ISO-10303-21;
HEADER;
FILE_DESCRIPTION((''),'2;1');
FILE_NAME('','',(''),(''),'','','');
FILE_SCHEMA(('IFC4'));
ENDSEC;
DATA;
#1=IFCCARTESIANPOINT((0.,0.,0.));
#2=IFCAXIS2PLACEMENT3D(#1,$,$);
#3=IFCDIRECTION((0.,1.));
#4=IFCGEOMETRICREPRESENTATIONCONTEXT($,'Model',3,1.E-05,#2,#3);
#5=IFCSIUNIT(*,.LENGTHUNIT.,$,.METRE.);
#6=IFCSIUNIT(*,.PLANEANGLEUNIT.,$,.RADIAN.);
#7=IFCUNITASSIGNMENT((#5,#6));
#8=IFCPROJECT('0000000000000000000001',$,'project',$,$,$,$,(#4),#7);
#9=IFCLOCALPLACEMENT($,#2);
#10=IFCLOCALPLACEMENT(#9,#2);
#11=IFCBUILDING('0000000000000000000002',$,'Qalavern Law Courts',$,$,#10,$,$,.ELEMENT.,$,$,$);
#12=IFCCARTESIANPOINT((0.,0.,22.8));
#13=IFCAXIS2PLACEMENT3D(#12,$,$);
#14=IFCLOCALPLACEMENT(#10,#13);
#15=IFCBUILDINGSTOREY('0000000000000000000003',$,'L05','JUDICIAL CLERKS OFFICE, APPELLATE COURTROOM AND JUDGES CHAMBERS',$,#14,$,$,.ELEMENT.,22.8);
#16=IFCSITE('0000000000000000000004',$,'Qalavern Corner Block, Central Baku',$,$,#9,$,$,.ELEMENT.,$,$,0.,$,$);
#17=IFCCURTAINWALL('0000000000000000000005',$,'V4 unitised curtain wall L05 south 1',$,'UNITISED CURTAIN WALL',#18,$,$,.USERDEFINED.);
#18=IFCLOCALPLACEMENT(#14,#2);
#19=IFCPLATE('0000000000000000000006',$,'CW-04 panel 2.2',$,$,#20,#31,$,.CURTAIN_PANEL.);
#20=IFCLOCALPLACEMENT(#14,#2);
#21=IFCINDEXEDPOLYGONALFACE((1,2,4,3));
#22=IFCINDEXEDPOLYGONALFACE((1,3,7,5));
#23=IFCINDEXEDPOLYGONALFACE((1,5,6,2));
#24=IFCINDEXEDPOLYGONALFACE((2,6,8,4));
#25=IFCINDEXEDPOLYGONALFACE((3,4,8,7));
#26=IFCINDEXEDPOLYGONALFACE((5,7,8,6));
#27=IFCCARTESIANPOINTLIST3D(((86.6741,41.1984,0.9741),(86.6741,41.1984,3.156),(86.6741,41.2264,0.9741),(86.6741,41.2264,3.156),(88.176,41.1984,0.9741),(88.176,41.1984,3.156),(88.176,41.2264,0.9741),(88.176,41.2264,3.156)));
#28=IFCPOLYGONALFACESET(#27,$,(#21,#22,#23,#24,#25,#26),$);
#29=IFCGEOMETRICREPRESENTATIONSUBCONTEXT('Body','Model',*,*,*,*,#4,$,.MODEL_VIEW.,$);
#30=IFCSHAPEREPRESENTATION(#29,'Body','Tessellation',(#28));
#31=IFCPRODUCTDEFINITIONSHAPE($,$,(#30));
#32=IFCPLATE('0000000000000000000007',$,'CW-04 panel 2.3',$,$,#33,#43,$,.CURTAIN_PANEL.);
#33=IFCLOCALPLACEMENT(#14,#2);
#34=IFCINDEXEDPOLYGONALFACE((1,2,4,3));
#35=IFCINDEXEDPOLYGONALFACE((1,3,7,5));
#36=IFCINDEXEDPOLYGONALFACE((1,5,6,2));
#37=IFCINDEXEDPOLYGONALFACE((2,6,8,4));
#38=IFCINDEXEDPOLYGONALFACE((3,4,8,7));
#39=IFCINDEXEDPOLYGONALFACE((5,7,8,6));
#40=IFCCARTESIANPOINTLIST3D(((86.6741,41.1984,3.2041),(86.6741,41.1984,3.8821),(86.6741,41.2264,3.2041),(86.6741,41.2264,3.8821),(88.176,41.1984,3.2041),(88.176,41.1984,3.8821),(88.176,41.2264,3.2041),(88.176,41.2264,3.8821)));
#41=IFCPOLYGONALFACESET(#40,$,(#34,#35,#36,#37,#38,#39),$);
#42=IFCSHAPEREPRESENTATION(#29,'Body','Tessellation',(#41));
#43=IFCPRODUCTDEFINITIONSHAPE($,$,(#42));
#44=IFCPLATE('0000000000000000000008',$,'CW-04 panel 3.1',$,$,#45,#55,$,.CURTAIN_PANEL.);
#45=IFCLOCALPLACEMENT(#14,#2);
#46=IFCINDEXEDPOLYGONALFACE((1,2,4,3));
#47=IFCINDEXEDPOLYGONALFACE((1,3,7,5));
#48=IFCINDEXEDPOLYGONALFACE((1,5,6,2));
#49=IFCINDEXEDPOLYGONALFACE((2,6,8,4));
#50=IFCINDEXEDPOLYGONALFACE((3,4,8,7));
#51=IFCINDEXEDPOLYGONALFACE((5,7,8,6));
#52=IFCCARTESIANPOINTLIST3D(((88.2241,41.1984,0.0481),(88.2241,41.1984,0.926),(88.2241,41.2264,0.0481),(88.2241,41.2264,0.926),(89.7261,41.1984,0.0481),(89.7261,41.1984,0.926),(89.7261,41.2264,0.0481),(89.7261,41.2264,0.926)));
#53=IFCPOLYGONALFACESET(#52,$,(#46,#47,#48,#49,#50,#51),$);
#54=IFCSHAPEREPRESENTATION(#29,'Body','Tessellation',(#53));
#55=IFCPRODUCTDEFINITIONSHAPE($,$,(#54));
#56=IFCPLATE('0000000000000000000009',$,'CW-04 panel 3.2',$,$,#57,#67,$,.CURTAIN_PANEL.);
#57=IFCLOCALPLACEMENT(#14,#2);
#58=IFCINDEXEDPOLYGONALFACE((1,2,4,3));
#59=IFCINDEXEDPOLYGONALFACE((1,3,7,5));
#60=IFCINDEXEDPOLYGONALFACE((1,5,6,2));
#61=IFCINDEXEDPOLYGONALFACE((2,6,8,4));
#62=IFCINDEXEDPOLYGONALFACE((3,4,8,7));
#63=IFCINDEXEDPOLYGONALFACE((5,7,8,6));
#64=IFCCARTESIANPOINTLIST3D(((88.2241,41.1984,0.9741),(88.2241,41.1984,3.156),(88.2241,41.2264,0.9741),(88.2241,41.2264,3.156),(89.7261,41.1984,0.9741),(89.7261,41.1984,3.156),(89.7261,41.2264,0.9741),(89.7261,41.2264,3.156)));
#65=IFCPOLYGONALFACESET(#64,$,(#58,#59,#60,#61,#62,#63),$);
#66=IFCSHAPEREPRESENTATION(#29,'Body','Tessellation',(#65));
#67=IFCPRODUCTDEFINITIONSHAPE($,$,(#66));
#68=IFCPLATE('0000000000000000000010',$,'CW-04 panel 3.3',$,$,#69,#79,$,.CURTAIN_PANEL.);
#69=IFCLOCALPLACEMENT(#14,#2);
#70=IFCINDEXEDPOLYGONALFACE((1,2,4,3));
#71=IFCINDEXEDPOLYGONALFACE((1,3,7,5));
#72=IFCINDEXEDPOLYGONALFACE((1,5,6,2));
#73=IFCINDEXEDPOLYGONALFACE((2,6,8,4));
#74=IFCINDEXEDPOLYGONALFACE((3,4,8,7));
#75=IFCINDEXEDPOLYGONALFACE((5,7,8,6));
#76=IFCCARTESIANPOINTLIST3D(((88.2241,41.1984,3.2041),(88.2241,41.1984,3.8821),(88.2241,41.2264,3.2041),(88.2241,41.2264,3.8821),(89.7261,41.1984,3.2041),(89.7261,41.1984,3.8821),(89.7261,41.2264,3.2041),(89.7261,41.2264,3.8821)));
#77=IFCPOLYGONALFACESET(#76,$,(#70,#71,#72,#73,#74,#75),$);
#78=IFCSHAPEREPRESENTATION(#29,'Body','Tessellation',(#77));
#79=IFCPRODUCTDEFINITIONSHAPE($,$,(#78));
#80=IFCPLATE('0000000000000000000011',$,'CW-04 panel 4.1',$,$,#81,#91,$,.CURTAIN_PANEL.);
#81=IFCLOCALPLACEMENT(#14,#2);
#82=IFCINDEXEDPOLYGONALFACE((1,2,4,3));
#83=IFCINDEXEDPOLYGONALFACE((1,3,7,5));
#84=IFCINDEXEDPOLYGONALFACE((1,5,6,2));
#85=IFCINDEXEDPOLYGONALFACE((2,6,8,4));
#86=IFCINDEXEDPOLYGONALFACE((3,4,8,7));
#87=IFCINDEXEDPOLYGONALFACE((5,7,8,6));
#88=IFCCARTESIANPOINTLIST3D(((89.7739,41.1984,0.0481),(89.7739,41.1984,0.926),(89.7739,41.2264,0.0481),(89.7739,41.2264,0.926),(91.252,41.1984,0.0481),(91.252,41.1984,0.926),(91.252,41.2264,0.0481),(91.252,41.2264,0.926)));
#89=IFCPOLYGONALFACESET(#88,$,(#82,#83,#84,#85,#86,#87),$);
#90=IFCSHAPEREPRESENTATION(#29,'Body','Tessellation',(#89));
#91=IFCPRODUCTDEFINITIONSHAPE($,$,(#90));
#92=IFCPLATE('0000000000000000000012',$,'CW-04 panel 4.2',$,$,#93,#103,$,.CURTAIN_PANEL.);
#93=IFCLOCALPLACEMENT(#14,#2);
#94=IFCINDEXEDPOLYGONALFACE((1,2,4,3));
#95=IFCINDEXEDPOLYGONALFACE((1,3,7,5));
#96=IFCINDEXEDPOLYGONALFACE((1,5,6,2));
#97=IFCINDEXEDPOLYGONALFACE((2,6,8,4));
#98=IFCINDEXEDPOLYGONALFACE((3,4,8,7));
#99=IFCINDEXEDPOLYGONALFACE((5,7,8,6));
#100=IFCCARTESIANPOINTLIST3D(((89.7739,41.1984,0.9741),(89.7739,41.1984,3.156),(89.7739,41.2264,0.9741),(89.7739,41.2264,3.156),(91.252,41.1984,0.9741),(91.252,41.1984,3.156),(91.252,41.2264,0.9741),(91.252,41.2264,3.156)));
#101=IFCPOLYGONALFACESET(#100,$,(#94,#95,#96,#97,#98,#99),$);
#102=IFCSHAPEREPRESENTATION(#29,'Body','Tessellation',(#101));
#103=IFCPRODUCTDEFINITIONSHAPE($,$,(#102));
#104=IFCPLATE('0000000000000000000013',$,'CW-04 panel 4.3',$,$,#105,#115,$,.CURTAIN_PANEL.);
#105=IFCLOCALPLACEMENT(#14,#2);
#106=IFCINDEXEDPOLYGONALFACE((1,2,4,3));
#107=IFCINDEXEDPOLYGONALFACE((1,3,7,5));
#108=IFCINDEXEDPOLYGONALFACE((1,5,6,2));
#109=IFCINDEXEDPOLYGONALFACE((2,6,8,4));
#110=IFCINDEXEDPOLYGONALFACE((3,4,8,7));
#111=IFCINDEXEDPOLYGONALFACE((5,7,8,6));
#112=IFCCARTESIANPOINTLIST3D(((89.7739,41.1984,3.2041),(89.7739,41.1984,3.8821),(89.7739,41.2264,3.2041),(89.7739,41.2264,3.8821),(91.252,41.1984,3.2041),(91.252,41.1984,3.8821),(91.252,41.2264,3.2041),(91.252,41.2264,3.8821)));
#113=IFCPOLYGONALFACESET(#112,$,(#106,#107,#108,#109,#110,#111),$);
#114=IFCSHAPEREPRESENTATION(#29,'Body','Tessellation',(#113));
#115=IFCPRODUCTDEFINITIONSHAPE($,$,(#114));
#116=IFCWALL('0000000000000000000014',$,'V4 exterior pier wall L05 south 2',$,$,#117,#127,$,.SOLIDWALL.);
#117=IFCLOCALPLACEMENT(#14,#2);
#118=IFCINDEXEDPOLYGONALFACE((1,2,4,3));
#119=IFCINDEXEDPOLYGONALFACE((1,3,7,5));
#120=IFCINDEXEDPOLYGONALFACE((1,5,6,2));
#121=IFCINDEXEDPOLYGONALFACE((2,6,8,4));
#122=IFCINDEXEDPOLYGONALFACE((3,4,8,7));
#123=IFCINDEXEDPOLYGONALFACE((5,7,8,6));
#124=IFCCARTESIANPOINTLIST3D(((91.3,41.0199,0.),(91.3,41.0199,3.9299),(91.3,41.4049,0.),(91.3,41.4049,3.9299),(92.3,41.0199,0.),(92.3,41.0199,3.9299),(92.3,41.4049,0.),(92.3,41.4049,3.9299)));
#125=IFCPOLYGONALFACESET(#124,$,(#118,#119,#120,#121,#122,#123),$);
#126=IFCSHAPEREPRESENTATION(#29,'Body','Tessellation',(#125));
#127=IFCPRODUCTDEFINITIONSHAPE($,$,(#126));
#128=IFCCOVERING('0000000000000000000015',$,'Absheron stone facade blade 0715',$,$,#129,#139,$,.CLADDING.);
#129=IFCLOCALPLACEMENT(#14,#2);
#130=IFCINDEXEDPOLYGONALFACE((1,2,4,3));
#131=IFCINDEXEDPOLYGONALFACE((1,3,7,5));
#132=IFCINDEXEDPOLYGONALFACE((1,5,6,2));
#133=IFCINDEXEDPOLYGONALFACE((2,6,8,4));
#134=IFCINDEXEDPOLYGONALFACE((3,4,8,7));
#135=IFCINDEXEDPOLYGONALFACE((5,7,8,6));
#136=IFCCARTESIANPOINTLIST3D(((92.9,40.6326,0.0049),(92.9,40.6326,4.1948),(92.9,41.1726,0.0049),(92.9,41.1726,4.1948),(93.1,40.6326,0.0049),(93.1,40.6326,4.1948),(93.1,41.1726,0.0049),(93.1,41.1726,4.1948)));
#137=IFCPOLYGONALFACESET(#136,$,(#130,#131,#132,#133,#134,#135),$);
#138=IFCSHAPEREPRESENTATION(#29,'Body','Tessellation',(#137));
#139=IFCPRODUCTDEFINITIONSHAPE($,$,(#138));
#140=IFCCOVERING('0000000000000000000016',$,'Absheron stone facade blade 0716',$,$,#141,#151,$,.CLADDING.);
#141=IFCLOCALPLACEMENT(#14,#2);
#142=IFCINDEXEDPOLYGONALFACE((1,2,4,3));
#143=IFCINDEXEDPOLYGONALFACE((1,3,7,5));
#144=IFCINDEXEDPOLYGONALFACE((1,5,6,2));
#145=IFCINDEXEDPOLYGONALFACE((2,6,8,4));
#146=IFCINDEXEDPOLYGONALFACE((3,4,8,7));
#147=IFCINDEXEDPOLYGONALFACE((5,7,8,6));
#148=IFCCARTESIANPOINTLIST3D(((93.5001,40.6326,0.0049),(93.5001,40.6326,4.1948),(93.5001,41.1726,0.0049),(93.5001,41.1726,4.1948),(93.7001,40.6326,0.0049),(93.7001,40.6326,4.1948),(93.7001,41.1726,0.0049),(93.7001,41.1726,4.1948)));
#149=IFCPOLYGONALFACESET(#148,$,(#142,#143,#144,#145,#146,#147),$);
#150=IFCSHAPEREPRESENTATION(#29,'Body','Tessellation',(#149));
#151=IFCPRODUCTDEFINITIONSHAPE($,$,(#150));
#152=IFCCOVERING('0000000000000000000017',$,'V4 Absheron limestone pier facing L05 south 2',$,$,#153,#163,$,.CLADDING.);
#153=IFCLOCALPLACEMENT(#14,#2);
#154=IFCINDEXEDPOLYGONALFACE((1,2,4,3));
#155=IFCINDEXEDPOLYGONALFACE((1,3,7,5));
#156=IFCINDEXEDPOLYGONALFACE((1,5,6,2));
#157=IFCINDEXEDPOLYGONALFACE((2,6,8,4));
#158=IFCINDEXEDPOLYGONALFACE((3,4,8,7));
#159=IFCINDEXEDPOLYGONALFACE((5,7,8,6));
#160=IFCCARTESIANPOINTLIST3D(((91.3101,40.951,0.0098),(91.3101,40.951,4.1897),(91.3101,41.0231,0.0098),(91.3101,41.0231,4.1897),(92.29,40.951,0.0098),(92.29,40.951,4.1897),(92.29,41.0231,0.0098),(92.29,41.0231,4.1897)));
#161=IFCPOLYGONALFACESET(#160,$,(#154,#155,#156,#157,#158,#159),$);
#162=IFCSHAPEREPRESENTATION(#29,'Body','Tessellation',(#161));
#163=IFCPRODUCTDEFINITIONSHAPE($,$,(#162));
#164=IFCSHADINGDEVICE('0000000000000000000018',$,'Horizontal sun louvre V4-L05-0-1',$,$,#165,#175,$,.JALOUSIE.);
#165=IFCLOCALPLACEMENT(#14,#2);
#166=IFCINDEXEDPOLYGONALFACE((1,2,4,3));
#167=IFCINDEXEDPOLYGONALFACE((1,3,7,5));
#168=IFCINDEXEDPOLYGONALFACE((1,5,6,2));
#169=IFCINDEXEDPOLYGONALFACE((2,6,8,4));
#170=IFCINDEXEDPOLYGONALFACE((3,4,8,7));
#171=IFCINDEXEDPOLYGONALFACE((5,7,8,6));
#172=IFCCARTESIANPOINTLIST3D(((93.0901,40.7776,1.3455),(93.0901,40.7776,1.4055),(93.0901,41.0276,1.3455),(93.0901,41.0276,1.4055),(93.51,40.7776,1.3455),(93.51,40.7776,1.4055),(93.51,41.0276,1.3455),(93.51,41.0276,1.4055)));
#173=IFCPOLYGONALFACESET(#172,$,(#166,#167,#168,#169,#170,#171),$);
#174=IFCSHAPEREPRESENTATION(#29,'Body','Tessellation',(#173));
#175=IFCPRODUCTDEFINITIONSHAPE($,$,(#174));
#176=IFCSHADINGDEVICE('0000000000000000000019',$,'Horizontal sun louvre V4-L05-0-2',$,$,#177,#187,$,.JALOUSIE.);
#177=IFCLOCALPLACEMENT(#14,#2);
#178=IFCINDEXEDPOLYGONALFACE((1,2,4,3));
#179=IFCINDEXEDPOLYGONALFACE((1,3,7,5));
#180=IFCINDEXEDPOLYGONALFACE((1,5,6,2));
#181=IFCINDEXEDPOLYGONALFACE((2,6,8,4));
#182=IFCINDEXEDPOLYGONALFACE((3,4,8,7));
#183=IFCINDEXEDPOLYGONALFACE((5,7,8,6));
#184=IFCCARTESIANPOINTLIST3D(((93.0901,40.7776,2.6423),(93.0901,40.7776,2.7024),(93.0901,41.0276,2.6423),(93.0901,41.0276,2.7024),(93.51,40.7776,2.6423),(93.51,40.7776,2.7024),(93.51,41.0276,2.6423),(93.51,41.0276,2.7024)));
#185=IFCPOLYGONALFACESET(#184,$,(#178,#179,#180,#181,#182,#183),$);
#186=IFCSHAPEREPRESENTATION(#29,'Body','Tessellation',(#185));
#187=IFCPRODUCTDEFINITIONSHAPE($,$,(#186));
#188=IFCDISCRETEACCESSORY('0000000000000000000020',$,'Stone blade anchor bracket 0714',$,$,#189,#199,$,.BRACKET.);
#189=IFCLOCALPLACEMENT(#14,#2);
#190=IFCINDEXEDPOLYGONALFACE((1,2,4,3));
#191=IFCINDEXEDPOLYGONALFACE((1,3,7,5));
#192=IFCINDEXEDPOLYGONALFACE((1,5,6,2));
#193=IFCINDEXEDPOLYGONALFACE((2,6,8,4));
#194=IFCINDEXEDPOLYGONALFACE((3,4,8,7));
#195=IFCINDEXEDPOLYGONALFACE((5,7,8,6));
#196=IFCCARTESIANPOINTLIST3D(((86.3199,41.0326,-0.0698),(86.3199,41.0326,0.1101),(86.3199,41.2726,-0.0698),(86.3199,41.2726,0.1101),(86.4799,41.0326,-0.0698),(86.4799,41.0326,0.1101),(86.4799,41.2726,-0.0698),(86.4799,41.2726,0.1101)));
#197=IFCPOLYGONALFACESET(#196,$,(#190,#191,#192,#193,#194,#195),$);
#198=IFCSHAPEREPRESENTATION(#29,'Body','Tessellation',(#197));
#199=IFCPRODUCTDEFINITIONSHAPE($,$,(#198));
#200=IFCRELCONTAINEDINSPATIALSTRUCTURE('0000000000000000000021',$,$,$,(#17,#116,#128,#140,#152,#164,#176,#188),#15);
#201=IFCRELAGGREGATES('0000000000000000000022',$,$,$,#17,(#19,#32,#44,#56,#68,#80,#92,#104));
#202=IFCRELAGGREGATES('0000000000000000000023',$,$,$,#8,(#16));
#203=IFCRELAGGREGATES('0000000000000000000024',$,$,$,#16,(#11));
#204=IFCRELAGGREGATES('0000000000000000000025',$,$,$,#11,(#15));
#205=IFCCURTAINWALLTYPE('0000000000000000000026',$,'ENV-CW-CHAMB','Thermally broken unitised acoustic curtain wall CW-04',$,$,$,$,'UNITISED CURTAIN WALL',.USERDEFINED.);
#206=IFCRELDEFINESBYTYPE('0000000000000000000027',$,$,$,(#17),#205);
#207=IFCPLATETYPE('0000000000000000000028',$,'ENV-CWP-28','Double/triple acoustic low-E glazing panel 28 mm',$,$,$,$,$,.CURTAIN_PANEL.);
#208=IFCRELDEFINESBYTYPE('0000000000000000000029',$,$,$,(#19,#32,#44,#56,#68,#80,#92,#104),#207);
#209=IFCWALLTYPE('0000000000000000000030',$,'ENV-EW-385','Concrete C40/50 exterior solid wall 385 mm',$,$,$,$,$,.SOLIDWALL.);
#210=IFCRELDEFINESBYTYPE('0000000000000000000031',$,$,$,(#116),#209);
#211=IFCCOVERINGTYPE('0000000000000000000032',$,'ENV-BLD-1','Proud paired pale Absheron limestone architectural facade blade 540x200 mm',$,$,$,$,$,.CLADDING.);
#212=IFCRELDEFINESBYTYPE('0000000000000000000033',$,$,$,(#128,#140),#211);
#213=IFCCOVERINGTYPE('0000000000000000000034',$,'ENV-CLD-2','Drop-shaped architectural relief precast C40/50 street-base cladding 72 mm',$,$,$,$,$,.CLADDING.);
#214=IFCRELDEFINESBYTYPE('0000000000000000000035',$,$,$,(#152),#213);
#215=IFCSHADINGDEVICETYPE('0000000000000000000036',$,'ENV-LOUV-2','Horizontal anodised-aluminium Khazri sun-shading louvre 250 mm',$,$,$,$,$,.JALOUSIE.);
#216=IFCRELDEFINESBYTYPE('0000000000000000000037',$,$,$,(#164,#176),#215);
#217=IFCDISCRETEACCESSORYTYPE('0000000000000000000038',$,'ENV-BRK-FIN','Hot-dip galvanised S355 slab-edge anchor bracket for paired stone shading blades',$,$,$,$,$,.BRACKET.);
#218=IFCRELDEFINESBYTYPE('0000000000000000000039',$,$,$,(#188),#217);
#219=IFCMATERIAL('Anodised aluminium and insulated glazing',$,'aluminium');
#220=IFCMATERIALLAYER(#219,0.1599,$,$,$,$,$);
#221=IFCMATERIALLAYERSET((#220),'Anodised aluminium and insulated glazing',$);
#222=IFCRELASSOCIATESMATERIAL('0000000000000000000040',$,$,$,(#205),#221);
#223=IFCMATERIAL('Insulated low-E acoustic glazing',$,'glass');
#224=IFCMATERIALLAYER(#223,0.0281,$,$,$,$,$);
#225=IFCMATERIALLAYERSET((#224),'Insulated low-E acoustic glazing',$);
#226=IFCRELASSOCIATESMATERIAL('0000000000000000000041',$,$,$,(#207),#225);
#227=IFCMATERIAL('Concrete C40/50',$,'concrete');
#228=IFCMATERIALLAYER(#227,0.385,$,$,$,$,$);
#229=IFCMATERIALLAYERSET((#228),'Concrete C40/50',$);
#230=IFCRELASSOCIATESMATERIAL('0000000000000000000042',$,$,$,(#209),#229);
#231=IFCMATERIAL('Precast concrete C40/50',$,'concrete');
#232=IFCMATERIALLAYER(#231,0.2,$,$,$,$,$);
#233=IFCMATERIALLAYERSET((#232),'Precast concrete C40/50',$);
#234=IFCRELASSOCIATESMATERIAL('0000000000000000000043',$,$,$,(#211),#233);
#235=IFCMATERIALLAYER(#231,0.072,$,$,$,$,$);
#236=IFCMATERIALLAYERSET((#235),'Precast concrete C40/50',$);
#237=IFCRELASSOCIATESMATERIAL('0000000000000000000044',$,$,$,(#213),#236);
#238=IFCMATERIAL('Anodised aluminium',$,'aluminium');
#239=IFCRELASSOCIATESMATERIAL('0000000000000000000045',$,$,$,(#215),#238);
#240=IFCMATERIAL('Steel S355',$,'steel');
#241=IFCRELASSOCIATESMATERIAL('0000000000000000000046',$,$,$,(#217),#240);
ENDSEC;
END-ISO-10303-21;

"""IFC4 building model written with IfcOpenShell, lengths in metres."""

from ifc_helpers import new_model, si_unit, direction, frame, frame_2d, origin, origin_2d, place, context, subcontext, project, spatial, rectangle, extrude, material, layer, layer_set, type_object, element, aggregate, save


model = new_model("IFC4")

# Units and contexts
model_context = context("Model", 3, precision=1e-05, world=origin(), true_north=direction((0.0, 1.0)))
body_context = subcontext(model_context, "Body", "Model", "MODEL_VIEW")
ifc_project = project(units=[si_unit("LENGTHUNIT", "METRE"), si_unit("PLANEANGLEUNIT", "RADIAN")], contexts=[model_context])

# Site, building, storey
site_placement = place(None, origin())
site = spatial("IfcSite", under=ifc_project, at=site_placement, Name="Qalavern Corner Block, Central Baku", CompositionType="ELEMENT", RefElevation=0.0)
building_placement = place(site_placement, origin())
building = spatial("IfcBuilding", under=site, at=building_placement, Name="Qalavern Law Courts", CompositionType="ELEMENT")
storey_placement = place(building_placement, frame((0.0, 0.0, 22.8)))
storey = spatial("IfcBuildingStorey", under=building, at=storey_placement, Name="L05", Description="JUDICIAL CLERKS OFFICE, APPELLATE COURTROOM AND JUDGES CHAMBERS", CompositionType="ELEMENT", Elevation=22.8)

# Curtain wall
ifc_material_1 = material(Name="Anodised aluminium and insulated glazing", Category="aluminium")
ifc_layer_1 = layer(ifc_material_1, 0.1599)
ifc_layer_set_1 = layer_set([ifc_layer_1], Name="Anodised aluminium and insulated glazing")
curtain_wall_type = type_object("IfcCurtainWallType", Name="ENV-CW-CHAMB", Description="Thermally broken unitised acoustic curtain wall CW-04", ElementType="UNITISED CURTAIN WALL", PredefinedType="USERDEFINED", material=ifc_layer_set_1)
curtain_wall_1_placement = place(storey_placement, origin())
curtain_wall_1 = element("IfcCurtainWall", 1, at=curtain_wall_1_placement, inside=storey, type_object=curtain_wall_type, Name="V4 unitised curtain wall L05 south 1", ObjectType="UNITISED CURTAIN WALL", PredefinedType="USERDEFINED")
ifc_material_2 = material(Name="Anodised aluminium", Category="aluminium")

# Plates
ifc_material_3 = material(Name="Insulated low-E acoustic glazing", Category="glass")
ifc_layer_2 = layer(ifc_material_3, 0.0281)
ifc_layer_set_2 = layer_set([ifc_layer_2], Name="Insulated low-E acoustic glazing")
plate_type = type_object("IfcPlateType", Name="ENV-CWP-28", Description="Double/triple acoustic low-E glazing panel 28 mm", PredefinedType="CURTAIN_PANEL", material=ifc_layer_set_2)
plate_1_placement = place(storey_placement, frame((87.425, 41.2124, 0.9741), z_axis=(0.0, 0.0, 1.0), x_axis=(1.0, 0.0, 0.0)))
plate_1 = element("IfcPlate", 2, at=plate_1_placement, type_object=plate_type, Name="CW-04 panel 2.2", PredefinedType="CURTAIN_PANEL", context=body_context, shape_type="SweptSolid", body=[
    extrude(rectangle(XDim=1.502, YDim=0.0281, at=origin_2d()), origin(), (0.0, 0.0, 1.0), 2.1819),
])
plate_2_placement = place(storey_placement, frame((87.425, 41.2124, 3.2041), z_axis=(0.0, 0.0, 1.0), x_axis=(1.0, 0.0, 0.0)))
plate_2 = element("IfcPlate", 3, at=plate_2_placement, type_object=plate_type, Name="CW-04 panel 2.3", PredefinedType="CURTAIN_PANEL", context=body_context, shape_type="SweptSolid", body=[
    extrude(rectangle(XDim=1.502, YDim=0.0281, at=origin_2d()), origin(), (0.0, 0.0, 1.0), 0.678),
])
plate_3_placement = place(storey_placement, frame((88.9751, 41.2124, 0.0481), z_axis=(0.0, 0.0, 1.0), x_axis=(1.0, 0.0, 0.0)))
plate_3 = element("IfcPlate", 4, at=plate_3_placement, type_object=plate_type, Name="CW-04 panel 3.1", PredefinedType="CURTAIN_PANEL", context=body_context, shape_type="SweptSolid", body=[
    extrude(rectangle(XDim=1.502, YDim=0.0281, at=origin_2d()), origin(), (0.0, 0.0, 1.0), 0.8779),
])
plate_4_placement = place(storey_placement, frame((88.9751, 41.2124, 0.9741), z_axis=(0.0, 0.0, 1.0), x_axis=(1.0, 0.0, 0.0)))
plate_4 = element("IfcPlate", 5, at=plate_4_placement, type_object=plate_type, Name="CW-04 panel 3.2", PredefinedType="CURTAIN_PANEL", context=body_context, shape_type="SweptSolid", body=[
    extrude(rectangle(XDim=1.502, YDim=0.0281, at=origin_2d()), origin(), (0.0, 0.0, 1.0), 2.1819),
])
plate_5_placement = place(storey_placement, frame((88.9751, 41.2124, 3.2041), z_axis=(0.0, 0.0, 1.0), x_axis=(1.0, 0.0, 0.0)))
plate_5 = element("IfcPlate", 6, at=plate_5_placement, type_object=plate_type, Name="CW-04 panel 3.3", PredefinedType="CURTAIN_PANEL", context=body_context, shape_type="SweptSolid", body=[
    extrude(rectangle(XDim=1.502, YDim=0.0281, at=origin_2d()), origin(), (0.0, 0.0, 1.0), 0.678),
])
plate_6_placement = place(storey_placement, frame((90.5129, 41.2124, 0.0481), z_axis=(0.0, 0.0, 1.0), x_axis=(1.0, 0.0, 0.0)))
plate_6 = element("IfcPlate", 7, at=plate_6_placement, type_object=plate_type, Name="CW-04 panel 4.1", PredefinedType="CURTAIN_PANEL", context=body_context, shape_type="SweptSolid", body=[
    extrude(rectangle(XDim=1.478, YDim=0.0281, at=origin_2d()), origin(), (0.0, 0.0, 1.0), 0.8779),
])
plate_7_placement = place(storey_placement, frame((90.5129, 41.2124, 0.9741), z_axis=(0.0, 0.0, 1.0), x_axis=(1.0, 0.0, 0.0)))
plate_7 = element("IfcPlate", 8, at=plate_7_placement, type_object=plate_type, Name="CW-04 panel 4.2", PredefinedType="CURTAIN_PANEL", context=body_context, shape_type="SweptSolid", body=[
    extrude(rectangle(XDim=1.478, YDim=0.0281, at=origin_2d()), origin(), (0.0, 0.0, 1.0), 2.1819),
])
plate_8_placement = place(storey_placement, frame((90.5129, 41.2124, 3.2041), z_axis=(0.0, 0.0, 1.0), x_axis=(1.0, 0.0, 0.0)))
plate_8 = element("IfcPlate", 9, at=plate_8_placement, type_object=plate_type, Name="CW-04 panel 4.3", PredefinedType="CURTAIN_PANEL", context=body_context, shape_type="SweptSolid", body=[
    extrude(rectangle(XDim=1.478, YDim=0.0281, at=origin_2d()), origin(), (0.0, 0.0, 1.0), 0.678),
])
aggregate(curtain_wall_1, [plate_1, plate_2, plate_3, plate_4, plate_5, plate_6, plate_7, plate_8])

# Wall
ifc_material_4 = material(Name="Concrete C40/50", Category="concrete")
ifc_layer_3 = layer(ifc_material_4, 0.385)
ifc_layer_set_3 = layer_set([ifc_layer_3], Name="Concrete C40/50")
wall_type = type_object("IfcWallType", Name="ENV-EW-385", Description="Concrete C40/50 exterior solid wall 385 mm", PredefinedType="SOLIDWALL", material=ifc_layer_set_3)
wall_placement = place(storey_placement, frame((91.3, 41.2124, 0.0), z_axis=(0.0, 0.0, 1.0), x_axis=(1.0, 0.0, 0.0)))
element("IfcWall", 10, at=wall_placement, inside=storey, type_object=wall_type, Name="V4 exterior pier wall L05 south 2", PredefinedType="SOLIDWALL", context=body_context, shape_type="SweptSolid", body=[
    extrude(rectangle(XDim=1.0, YDim=0.385, at=frame_2d((0.5, 0.0))), origin(), (0.0, 0.0, 1.0), 3.9299),
])

# Coverings
ifc_material_5 = material(Name="Precast concrete C40/50", Category="concrete")
ifc_layer_4 = layer(ifc_material_5, 0.2)
ifc_layer_set_4 = layer_set([ifc_layer_4], Name="Precast concrete C40/50")
covering_type_1 = type_object("IfcCoveringType", Name="ENV-BLD-1", Description="Proud paired pale Absheron limestone architectural facade blade 540x200 mm", PredefinedType="CLADDING", material=ifc_layer_set_4)
for number, where, z_axis, x_axis, name in (
    (11, (93.0, 40.9026, 0.0049), (0.0, 0.0, 1.0), (0.0, -1.0, 0.0), "Absheron stone facade blade 0715"),
    (12, (93.6001, 40.9026, 0.0049), (0.0, 0.0, 1.0), (0.0, -1.0, 0.0), "Absheron stone facade blade 0716"),
):
    element("IfcCovering", number, at=place(storey_placement, frame(where, z_axis=z_axis, x_axis=x_axis)), inside=storey, type_object=covering_type_1, Name=name, PredefinedType="CLADDING", context=body_context, shape_type="SweptSolid", body=[
        extrude(rectangle(XDim=0.54, YDim=0.2, at=origin_2d()), origin(), (0.0, 0.0, 1.0), 4.1899),
    ])
ifc_layer_5 = layer(ifc_material_5, 0.072)
ifc_layer_set_5 = layer_set([ifc_layer_5], Name="Precast concrete C40/50")
covering_type_2 = type_object("IfcCoveringType", Name="ENV-CLD-2", Description="Drop-shaped architectural relief precast C40/50 street-base cladding 72 mm", PredefinedType="CLADDING", material=ifc_layer_set_5)
covering_placement = place(storey_placement, frame((91.8, 40.9871, 0.0098), z_axis=(0.0, 0.0, 1.0), x_axis=(1.0, 0.0, 0.0)))
element("IfcCovering", 13, at=covering_placement, inside=storey, type_object=covering_type_2, Name="V4 Absheron limestone pier facing L05 south 2", PredefinedType="CLADDING", context=body_context, shape_type="SweptSolid", body=[
    extrude(rectangle(XDim=0.98, YDim=0.072, at=origin_2d()), origin(), (0.0, 0.0, 1.0), 4.1799),
])

# Shading devices
shading_device_type = type_object("IfcShadingDeviceType", Name="ENV-LOUV-2", Description="Horizontal anodised-aluminium Khazri sun-shading louvre 250 mm", PredefinedType="JALOUSIE", material=ifc_material_2)
for number, where, z_axis, x_axis, name in (
    (14, (93.3, 40.9026, 1.3455), (0.0, 0.0, 1.0), (1.0, 0.0, 0.0), "Horizontal sun louvre V4-L05-0-1"),
    (15, (93.3, 40.9026, 2.6423), (0.0, 0.0, 1.0), (1.0, 0.0, 0.0), "Horizontal sun louvre V4-L05-0-2"),
):
    element("IfcShadingDevice", number, at=place(storey_placement, frame(where, z_axis=z_axis, x_axis=x_axis)), inside=storey, type_object=shading_device_type, Name=name, PredefinedType="JALOUSIE", context=body_context, shape_type="SweptSolid", body=[
        extrude(rectangle(XDim=0.4199, YDim=0.25, at=origin_2d()), origin(), (0.0, 0.0, 1.0), 0.0601),
    ])

# Discrete accessory
ifc_material_6 = material(Name="Steel S355", Category="steel")
discrete_accessory_type = type_object("IfcDiscreteAccessoryType", Name="ENV-BRK-FIN", Description="Hot-dip galvanised S355 slab-edge anchor bracket for paired stone shading blades", PredefinedType="BRACKET", material=ifc_material_6)
for number, where, z_axis, x_axis, name in (
    (16, (86.3999, 41.1526, -0.0698), (0.0, 0.0, 1.0), (0.0, -1.0, 0.0), "Stone blade anchor bracket 0714"),
):
    element("IfcDiscreteAccessory", number, at=place(storey_placement, frame(where, z_axis=z_axis, x_axis=x_axis)), inside=storey, type_object=discrete_accessory_type, Name=name, PredefinedType="BRACKET", context=body_context, shape_type="SweptSolid", body=[
        extrude(rectangle(XDim=0.24, YDim=0.1599, at=origin_2d()), origin(), (0.0, 0.0, 1.0), 0.1799),
    ])

save(model, "model.ifc")
